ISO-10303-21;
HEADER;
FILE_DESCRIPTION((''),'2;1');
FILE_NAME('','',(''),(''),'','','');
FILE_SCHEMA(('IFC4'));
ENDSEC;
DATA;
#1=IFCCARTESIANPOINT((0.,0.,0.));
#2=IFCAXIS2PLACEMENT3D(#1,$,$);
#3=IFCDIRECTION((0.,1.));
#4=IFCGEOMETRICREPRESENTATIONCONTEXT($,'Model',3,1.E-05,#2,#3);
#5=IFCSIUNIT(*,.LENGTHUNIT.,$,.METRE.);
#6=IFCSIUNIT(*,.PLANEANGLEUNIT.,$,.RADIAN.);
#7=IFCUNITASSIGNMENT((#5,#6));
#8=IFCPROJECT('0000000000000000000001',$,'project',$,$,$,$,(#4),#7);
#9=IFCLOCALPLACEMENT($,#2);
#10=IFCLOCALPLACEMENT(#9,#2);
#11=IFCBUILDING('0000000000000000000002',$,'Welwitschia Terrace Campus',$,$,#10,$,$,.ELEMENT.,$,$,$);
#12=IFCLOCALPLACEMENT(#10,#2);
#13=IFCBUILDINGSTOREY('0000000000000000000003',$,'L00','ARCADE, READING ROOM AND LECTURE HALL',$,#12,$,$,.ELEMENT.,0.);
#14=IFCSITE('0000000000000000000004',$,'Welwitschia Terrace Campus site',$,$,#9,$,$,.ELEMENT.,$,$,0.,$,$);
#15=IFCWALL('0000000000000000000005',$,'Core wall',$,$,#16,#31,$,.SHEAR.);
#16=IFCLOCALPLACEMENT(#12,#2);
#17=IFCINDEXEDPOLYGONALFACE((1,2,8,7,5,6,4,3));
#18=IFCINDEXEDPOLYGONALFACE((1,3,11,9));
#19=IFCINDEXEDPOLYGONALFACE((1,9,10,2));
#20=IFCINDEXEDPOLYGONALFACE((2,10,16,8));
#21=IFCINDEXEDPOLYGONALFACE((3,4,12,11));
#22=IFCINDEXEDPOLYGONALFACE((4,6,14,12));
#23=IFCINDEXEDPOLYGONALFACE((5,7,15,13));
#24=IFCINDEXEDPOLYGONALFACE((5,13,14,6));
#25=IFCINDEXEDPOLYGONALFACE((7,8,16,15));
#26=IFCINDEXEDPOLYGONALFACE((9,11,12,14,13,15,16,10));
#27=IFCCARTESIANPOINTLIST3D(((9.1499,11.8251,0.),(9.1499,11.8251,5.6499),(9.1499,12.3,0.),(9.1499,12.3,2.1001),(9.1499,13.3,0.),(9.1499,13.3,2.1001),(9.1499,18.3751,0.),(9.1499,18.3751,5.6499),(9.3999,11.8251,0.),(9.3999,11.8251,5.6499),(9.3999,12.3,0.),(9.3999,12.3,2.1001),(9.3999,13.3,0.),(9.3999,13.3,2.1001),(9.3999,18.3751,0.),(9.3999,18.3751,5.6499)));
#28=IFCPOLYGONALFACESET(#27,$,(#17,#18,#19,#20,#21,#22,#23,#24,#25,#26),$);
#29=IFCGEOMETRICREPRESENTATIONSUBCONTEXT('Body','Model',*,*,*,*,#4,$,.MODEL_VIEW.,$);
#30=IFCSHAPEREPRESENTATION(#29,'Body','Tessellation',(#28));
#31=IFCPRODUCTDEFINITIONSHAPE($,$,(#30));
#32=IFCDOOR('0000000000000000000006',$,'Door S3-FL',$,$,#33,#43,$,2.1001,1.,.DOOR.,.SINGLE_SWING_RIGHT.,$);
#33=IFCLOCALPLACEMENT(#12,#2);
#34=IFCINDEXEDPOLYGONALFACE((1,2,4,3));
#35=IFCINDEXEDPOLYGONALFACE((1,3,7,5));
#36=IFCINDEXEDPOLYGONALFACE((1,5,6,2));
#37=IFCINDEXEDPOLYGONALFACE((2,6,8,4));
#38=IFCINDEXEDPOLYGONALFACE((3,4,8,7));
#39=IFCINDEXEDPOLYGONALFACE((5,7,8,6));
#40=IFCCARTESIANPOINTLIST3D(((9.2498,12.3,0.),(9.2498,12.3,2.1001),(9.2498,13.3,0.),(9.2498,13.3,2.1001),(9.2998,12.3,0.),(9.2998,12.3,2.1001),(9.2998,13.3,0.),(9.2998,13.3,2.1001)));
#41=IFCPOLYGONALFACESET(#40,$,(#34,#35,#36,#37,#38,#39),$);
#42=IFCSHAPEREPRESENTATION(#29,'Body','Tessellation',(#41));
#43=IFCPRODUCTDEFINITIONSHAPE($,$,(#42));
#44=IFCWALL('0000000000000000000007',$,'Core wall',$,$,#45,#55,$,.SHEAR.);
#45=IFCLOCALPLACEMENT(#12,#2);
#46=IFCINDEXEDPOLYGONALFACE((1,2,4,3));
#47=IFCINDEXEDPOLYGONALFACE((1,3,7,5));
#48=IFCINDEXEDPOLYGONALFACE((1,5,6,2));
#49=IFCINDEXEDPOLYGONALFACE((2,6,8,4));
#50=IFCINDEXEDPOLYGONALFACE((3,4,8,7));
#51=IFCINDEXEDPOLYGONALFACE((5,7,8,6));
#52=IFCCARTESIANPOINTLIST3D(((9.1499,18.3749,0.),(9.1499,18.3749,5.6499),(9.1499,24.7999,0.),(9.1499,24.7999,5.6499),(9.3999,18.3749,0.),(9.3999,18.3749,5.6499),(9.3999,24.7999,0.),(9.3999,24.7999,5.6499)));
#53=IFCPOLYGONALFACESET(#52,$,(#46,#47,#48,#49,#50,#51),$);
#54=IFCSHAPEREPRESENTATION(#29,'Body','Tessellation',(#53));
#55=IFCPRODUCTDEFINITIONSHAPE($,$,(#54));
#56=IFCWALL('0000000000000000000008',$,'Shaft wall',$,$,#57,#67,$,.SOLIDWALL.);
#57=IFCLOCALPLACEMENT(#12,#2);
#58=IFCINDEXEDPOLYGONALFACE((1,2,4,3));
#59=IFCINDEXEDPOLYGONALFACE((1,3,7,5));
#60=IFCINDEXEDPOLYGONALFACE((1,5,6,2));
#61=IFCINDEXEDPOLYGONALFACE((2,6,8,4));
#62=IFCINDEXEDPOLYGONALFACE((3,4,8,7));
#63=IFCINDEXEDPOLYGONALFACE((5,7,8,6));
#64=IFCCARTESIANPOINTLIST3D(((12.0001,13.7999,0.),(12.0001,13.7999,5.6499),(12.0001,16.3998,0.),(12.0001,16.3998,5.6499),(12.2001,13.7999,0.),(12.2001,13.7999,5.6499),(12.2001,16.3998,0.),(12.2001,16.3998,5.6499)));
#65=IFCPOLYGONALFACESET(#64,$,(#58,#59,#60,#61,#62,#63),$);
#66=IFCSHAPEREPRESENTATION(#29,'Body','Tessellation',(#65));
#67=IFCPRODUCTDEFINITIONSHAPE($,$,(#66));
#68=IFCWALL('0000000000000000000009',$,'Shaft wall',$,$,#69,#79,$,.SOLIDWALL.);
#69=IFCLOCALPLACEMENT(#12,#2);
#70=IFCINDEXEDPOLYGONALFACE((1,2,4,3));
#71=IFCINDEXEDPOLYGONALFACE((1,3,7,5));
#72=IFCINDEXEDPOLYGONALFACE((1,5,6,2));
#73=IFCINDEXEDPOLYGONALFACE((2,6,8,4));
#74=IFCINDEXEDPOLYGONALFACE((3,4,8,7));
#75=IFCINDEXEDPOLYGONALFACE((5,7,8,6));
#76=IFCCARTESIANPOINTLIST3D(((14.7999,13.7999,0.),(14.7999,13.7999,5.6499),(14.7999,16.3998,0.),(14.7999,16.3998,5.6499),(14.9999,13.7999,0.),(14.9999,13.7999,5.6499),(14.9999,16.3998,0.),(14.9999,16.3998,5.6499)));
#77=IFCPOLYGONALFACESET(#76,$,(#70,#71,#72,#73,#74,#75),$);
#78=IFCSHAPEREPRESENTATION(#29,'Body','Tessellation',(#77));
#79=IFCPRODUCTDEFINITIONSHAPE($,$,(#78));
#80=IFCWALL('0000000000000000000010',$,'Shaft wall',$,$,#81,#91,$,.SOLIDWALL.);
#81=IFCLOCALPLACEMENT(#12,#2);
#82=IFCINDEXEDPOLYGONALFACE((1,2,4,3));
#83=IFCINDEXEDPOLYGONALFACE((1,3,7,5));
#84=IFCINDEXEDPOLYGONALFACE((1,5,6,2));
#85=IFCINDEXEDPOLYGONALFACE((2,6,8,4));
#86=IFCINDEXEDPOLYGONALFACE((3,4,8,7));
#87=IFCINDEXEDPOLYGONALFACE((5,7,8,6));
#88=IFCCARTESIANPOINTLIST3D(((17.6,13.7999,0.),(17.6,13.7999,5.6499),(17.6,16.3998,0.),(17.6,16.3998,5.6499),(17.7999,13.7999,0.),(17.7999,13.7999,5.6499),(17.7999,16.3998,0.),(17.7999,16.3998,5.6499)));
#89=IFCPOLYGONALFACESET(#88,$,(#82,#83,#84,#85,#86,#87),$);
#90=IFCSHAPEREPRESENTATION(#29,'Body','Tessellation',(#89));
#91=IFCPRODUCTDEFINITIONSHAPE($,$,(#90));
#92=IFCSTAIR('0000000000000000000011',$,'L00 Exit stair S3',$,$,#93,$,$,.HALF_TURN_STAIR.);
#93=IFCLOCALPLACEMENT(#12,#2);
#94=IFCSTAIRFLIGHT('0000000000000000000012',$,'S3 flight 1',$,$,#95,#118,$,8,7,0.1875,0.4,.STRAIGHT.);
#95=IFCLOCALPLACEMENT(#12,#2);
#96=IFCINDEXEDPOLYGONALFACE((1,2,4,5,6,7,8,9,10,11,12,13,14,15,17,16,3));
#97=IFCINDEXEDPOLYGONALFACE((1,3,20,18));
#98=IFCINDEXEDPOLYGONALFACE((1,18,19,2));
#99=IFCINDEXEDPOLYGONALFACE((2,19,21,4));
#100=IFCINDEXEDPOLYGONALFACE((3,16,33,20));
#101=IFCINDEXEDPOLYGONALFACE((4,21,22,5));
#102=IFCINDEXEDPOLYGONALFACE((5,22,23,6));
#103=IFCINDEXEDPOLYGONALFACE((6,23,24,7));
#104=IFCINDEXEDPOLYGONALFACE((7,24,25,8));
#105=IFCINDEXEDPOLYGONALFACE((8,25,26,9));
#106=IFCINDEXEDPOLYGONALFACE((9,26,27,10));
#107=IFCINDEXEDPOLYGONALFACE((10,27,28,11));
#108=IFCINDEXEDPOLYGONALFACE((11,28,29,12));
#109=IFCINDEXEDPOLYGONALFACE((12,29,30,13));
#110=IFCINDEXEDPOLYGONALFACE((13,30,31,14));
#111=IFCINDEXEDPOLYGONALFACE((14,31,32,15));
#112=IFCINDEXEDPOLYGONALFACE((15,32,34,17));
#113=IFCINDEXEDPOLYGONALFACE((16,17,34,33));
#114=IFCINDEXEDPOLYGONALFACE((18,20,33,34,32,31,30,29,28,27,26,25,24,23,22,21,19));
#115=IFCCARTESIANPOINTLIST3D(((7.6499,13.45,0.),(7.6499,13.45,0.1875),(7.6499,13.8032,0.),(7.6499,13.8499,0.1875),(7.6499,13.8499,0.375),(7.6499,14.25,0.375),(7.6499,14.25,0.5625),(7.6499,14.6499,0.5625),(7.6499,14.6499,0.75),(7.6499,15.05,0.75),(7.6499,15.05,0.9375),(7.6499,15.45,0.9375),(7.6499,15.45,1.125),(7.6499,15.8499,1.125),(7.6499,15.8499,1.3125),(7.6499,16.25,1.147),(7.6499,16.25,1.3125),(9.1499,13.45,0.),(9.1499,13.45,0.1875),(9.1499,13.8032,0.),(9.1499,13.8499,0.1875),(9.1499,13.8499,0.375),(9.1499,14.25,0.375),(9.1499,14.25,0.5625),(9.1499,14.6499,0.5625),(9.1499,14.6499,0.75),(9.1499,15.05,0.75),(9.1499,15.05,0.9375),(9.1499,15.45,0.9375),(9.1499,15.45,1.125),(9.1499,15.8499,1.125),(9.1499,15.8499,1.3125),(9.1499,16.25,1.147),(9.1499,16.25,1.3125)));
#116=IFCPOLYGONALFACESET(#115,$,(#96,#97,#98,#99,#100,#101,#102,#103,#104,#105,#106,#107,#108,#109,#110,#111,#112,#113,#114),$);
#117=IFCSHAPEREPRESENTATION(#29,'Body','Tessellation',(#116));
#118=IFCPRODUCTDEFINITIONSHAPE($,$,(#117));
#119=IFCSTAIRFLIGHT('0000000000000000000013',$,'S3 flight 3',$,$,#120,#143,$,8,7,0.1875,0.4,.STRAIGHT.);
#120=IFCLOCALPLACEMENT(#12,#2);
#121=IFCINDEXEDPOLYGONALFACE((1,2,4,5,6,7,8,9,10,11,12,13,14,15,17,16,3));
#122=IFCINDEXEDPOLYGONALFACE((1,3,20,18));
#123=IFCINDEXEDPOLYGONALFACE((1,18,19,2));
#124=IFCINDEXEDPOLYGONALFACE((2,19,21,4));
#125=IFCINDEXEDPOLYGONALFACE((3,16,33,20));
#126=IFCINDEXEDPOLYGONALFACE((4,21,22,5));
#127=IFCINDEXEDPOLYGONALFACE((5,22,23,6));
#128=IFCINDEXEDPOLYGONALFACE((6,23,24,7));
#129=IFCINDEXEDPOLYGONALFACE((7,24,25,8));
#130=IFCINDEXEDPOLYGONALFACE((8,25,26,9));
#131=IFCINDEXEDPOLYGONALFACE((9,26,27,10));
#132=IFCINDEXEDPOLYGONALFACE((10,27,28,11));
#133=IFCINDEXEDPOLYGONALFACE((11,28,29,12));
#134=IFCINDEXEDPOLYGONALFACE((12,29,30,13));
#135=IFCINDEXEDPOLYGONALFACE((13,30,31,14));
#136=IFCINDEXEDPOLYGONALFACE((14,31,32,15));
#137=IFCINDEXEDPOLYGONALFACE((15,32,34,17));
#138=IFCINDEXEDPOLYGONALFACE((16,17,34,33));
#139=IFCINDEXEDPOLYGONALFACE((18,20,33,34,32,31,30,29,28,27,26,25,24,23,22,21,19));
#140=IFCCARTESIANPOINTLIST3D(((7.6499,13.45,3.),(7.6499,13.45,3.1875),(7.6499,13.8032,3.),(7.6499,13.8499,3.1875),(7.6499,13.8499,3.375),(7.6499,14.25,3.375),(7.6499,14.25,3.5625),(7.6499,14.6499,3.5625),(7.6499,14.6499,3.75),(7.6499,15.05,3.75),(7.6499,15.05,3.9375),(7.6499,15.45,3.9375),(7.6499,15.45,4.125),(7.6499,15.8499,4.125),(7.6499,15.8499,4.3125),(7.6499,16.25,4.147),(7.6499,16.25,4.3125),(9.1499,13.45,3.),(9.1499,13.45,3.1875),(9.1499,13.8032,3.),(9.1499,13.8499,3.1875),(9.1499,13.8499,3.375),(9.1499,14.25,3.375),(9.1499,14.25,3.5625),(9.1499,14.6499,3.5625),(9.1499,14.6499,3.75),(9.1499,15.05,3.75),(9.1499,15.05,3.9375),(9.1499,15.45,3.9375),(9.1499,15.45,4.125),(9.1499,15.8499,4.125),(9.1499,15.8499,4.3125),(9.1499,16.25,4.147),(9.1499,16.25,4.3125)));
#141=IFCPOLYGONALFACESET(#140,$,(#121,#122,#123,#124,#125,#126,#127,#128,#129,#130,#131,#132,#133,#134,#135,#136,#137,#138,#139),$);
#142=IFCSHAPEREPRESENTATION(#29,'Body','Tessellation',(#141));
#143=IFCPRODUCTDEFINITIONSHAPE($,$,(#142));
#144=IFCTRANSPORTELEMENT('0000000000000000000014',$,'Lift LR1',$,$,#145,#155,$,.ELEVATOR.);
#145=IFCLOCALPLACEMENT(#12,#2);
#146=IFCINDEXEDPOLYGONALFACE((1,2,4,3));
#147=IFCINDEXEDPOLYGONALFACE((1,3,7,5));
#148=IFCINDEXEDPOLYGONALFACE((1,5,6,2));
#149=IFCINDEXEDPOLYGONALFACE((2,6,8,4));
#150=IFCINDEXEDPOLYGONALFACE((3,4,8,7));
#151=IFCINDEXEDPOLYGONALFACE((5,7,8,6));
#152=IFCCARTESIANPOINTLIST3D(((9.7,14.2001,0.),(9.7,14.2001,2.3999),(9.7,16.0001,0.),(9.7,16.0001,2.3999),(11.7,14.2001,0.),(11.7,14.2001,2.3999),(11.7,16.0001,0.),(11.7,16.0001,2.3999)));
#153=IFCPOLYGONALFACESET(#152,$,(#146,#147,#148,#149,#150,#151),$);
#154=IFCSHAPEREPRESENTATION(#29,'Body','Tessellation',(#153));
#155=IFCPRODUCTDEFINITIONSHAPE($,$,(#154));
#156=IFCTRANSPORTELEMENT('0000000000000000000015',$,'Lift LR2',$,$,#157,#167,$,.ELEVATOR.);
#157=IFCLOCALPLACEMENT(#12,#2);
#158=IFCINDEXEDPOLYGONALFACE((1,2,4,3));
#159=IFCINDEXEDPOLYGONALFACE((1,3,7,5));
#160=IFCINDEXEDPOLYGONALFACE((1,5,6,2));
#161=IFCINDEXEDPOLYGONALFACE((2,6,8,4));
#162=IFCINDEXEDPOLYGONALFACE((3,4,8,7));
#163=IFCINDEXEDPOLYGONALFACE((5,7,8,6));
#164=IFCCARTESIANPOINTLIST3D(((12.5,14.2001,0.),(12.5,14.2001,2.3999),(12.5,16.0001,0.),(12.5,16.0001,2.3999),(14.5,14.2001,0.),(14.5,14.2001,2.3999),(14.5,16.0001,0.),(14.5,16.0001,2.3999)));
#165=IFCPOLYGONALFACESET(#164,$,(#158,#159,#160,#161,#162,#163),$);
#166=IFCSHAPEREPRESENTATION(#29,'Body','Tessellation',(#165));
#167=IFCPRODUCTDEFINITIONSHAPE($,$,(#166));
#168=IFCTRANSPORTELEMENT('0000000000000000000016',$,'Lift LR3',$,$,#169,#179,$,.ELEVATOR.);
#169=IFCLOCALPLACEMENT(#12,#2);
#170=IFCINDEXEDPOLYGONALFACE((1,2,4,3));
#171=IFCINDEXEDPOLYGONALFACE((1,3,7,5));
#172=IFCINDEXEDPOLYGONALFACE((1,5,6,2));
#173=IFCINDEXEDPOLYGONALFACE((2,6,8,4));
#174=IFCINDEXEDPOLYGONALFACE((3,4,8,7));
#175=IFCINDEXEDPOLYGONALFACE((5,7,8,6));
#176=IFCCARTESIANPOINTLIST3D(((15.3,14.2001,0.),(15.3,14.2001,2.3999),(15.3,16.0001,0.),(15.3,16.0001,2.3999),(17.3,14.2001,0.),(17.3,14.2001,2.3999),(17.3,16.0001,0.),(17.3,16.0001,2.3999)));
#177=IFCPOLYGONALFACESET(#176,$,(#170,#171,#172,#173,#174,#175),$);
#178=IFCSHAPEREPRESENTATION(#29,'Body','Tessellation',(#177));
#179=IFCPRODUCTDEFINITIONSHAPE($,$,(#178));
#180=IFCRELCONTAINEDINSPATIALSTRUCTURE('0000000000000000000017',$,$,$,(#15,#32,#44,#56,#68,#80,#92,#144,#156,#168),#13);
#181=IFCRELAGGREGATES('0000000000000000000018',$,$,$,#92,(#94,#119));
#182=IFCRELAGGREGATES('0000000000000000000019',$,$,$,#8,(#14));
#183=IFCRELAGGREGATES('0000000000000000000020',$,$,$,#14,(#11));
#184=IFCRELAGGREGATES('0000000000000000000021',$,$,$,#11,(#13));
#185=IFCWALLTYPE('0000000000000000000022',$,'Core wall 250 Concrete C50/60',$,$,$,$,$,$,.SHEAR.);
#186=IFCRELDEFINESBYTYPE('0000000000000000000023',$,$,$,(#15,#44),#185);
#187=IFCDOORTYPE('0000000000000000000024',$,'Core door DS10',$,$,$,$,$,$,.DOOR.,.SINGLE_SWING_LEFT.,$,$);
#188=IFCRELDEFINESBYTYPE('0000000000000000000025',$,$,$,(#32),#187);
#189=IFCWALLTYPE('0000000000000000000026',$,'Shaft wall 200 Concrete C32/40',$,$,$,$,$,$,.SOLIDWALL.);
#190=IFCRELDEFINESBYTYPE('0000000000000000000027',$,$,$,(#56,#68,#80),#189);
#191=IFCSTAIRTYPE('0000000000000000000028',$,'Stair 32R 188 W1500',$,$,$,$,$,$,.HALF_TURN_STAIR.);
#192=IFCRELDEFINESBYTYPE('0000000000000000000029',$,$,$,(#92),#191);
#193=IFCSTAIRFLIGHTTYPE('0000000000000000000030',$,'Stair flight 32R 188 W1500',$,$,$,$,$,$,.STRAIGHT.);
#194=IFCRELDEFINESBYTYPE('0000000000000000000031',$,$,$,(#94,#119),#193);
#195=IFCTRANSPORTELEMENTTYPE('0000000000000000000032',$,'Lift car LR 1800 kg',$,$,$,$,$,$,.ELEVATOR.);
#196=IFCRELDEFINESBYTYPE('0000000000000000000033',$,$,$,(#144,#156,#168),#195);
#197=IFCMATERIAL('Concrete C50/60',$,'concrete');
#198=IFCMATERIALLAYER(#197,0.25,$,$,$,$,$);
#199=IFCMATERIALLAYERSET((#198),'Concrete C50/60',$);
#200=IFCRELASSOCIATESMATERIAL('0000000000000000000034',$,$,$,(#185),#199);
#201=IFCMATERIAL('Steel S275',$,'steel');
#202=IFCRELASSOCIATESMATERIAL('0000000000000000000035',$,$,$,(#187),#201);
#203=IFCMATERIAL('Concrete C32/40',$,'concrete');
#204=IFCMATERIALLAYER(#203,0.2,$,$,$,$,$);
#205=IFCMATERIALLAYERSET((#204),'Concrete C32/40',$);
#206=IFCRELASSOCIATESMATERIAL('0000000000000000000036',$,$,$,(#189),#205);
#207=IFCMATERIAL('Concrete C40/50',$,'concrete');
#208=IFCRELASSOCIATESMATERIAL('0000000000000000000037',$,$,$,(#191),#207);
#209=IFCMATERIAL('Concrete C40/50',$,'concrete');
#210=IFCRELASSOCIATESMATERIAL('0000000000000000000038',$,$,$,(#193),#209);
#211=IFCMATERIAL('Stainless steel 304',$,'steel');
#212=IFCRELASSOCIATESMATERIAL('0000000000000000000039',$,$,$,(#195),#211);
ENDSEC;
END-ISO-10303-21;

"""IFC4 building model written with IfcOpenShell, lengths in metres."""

from ifc_helpers import new_model, si_unit, direction, frame, frame_2d, origin, origin_2d, place, context, subcontext, project, spatial, polyline, rectangle, outline, extrude, material, layer, layer_set, type_object, element, fill, aggregate, save


model = new_model("IFC4")

# Units and contexts
model_context = context("Model", 3, precision=1e-05, world=origin(), true_north=direction((0.0, 1.0)))
body_context = subcontext(model_context, "Body", "Model", "MODEL_VIEW")
ifc_project = project(units=[si_unit("LENGTHUNIT", "METRE"), si_unit("PLANEANGLEUNIT", "RADIAN")], contexts=[model_context])

# Site, building, storey
site_placement = place(None, origin())
site = spatial("IfcSite", under=ifc_project, at=site_placement, Name="Welwitschia Terrace Campus site", CompositionType="ELEMENT", RefElevation=0.0)
building_placement = place(site_placement, origin())
building = spatial("IfcBuilding", under=site, at=building_placement, Name="Welwitschia Terrace Campus", CompositionType="ELEMENT")
storey_placement = place(building_placement, origin())
storey = spatial("IfcBuildingStorey", under=building, at=storey_placement, Name="L00", Description="ARCADE, READING ROOM AND LECTURE HALL", CompositionType="ELEMENT", Elevation=0.0)

# Wall, opening, door
ifc_material_1 = material(Name="Concrete C50/60", Category="concrete")
ifc_layer_1 = layer(ifc_material_1, 0.25)
ifc_layer_set_1 = layer_set([ifc_layer_1], Name="Concrete C50/60")
wall_type_1 = type_object("IfcWallType", Name="Core wall 250 Concrete C50/60", PredefinedType="SHEAR", material=ifc_layer_set_1)
wall_1_placement = place(storey_placement, frame((9.2749, 18.375, 0.0), z_axis=(0.0, 0.0, 1.0), x_axis=(0.0, -1.0, 0.0)))
wall_1 = element("IfcWall", 1, at=wall_1_placement, inside=storey, type_object=wall_type_1, Name="Core wall", PredefinedType="SHEAR", context=body_context, shape_type="SweptSolid", body=[
    extrude(rectangle(XDim=6.55, YDim=0.25, at=frame_2d((3.2749, 0.0))), origin(), (0.0, 0.0, 1.0), 5.6499),
])
opening_1_placement = place(wall_1_placement, frame((5.075, 0.0, 0.0)))
opening_1 = element("IfcOpeningElement", 2, at=opening_1_placement, cuts=wall_1, PredefinedType="OPENING", context=body_context, shape_type="SweptSolid", body=[
    extrude(rectangle(XDim=1.0, YDim=2.1001, at=frame_2d((0.5, 1.05))), frame((0.0, 0.135, 0.0), z_axis=(0.0, -1.0, 0.0), x_axis=(1.0, 0.0, 0.0)), (0.0, 0.0, 1.0), 0.27),
])
ifc_material_2 = material(Name="Steel S275", Category="steel")
door_type_1 = type_object("IfcDoorType", Name="Core door DS10", OperationType="SINGLE_SWING_LEFT", PredefinedType="DOOR", material=ifc_material_2)
door_1_placement = place(opening_1_placement, origin())
door_1 = element("IfcDoor", 3, at=door_1_placement, inside=storey, type_object=door_type_1, Name="Door S3-FL", OperationType="SINGLE_SWING_RIGHT", OverallHeight=2.1001, OverallWidth=1.0, PredefinedType="DOOR", context=body_context, shape_type="SweptSolid", body=[
    extrude(rectangle(XDim=1.0, YDim=2.1001, at=frame_2d((0.5, 1.05))), frame((0.0, 0.0249, 0.0), z_axis=(0.0, -1.0, 0.0), x_axis=(1.0, 0.0, 0.0)), (0.0, 0.0, 1.0), 0.05),
])
fill(opening_1, door_1)

# Walls
wall_2_placement = place(storey_placement, frame((9.2749, 18.375, 0.0), z_axis=(0.0, 0.0, 1.0), x_axis=(0.0, 1.0, 0.0)))
element("IfcWall", 4, at=wall_2_placement, inside=storey, type_object=wall_type_1, Name="Core wall", PredefinedType="SHEAR", context=body_context, shape_type="SweptSolid", body=[
    extrude(rectangle(XDim=6.425, YDim=0.25, at=frame_2d((3.2124, 0.0))), origin(), (0.0, 0.0, 1.0), 5.6499),
])
ifc_material_3 = material(Name="Concrete C32/40", Category="concrete")
ifc_layer_2 = layer(ifc_material_3, 0.2)
ifc_layer_set_2 = layer_set([ifc_layer_2], Name="Concrete C32/40")
wall_type_2 = type_object("IfcWallType", Name="Shaft wall 200 Concrete C32/40", PredefinedType="SOLIDWALL", material=ifc_layer_set_2)
for number, where, z_axis, x_axis, name in (
    (5, (12.1001, 13.8, 0.0), (0.0, 0.0, 1.0), (0.0, 1.0, 0.0), "Shaft wall"),
    (6, (14.8999, 13.8, 0.0), (0.0, 0.0, 1.0), (0.0, 1.0, 0.0), "Shaft wall"),
    (7, (17.7, 13.8, 0.0), (0.0, 0.0, 1.0), (0.0, 1.0, 0.0), "Shaft wall"),
):
    element("IfcWall", number, at=place(storey_placement, frame(where, z_axis=z_axis, x_axis=x_axis)), inside=storey, type_object=wall_type_2, Name=name, PredefinedType="SOLIDWALL", context=body_context, shape_type="SweptSolid", body=[
        extrude(rectangle(XDim=2.5999, YDim=0.2, at=frame_2d((1.2998, 0.0))), origin(), (0.0, 0.0, 1.0), 5.6499),
    ])

# Stair, stair flights
ifc_material_4 = material(Name="Concrete C40/50", Category="concrete")
stair_type = type_object("IfcStairType", Name="Stair 32R 188 W1500", PredefinedType="HALF_TURN_STAIR", material=ifc_material_4)
stair_placement = place(storey_placement, origin())
stair = element("IfcStair", 8, at=stair_placement, inside=storey, type_object=stair_type, Name="L00 Exit stair S3", PredefinedType="HALF_TURN_STAIR")
ifc_material_5 = material(Name="Concrete C40/50", Category="concrete")
stair_flight_type = type_object("IfcStairFlightType", Name="Stair flight 32R 188 W1500", PredefinedType="STRAIGHT", material=ifc_material_5)
stair_flight_1_placement = place(storey_placement, frame((8.3999, 13.45, 0.0), z_axis=(0.0, 0.0, 1.0), x_axis=(0.0, 1.0, 0.0)))
stair_flight_1 = element("IfcStairFlight", 9, at=stair_flight_1_placement, type_object=stair_flight_type, Name="S3 flight 1", NumberOfRisers=8, NumberOfTreads=7, PredefinedType="STRAIGHT", RiserHeight=0.1875, TreadLength=0.4, context=body_context, shape_type="SweptSolid", body=[
    extrude(outline(polyline([(0.0, 0.0), (0.0, 0.1875), (0.3999, 0.1875), (0.3999, 0.375), (0.8, 0.375), (0.8, 0.5625), (1.2, 0.5625), (1.2, 0.75), (1.6001, 0.75), (1.6001, 0.9375), (2.0, 0.9375), (2.0, 1.125), (2.3999, 1.125), (2.3999, 1.3125), (2.8, 1.3125), (2.8, 1.5), (2.8, 1.147), (0.3533, 0.0), (0.0, 0.0)])), frame((0.0, 0.75, 0.0), z_axis=(0.0, -1.0, 0.0), x_axis=(1.0, 0.0, 0.0)), (0.0, 0.0, 1.0), 1.5),
])
stair_flight_2_placement = place(storey_placement, frame((8.3999, 13.45, 3.0), z_axis=(0.0, 0.0, 1.0), x_axis=(0.0, 1.0, 0.0)))
stair_flight_2 = element("IfcStairFlight", 10, at=stair_flight_2_placement, type_object=stair_flight_type, Name="S3 flight 3", NumberOfRisers=8, NumberOfTreads=7, PredefinedType="STRAIGHT", RiserHeight=0.1875, TreadLength=0.4, context=body_context, shape_type="SweptSolid", body=[
    extrude(outline(polyline([(0.0, 0.0), (0.0, 0.1875), (0.3999, 0.1875), (0.3999, 0.375), (0.8, 0.375), (0.8, 0.5625), (1.2, 0.5625), (1.2, 0.75), (1.6001, 0.75), (1.6001, 0.9375), (2.0, 0.9375), (2.0, 1.125), (2.3999, 1.125), (2.3999, 1.3125), (2.8, 1.3125), (2.8, 1.5), (2.8, 1.147), (0.3533, 0.0), (0.0, 0.0)])), frame((0.0, 0.75, 0.0), z_axis=(0.0, -1.0, 0.0), x_axis=(1.0, 0.0, 0.0)), (0.0, 0.0, 1.0), 1.5),
])
aggregate(stair, [stair_flight_1, stair_flight_2])

# Transport elements
ifc_material_6 = material(Name="Stainless steel 304", Category="steel")
transport_element_type = type_object("IfcTransportElementType", Name="Lift car LR 1800 kg", PredefinedType="ELEVATOR", material=ifc_material_6)
for number, where, z_axis, x_axis, name in (
    (11, (10.7, 15.1001, 0.0), (0.0, 0.0, 1.0), (1.0, 0.0, 0.0), "Lift LR1"),
    (12, (13.5, 15.1001, 0.0), (0.0, 0.0, 1.0), (1.0, 0.0, 0.0), "Lift LR2"),
    (13, (16.3, 15.1001, 0.0), (0.0, 0.0, 1.0), (1.0, 0.0, 0.0), "Lift LR3"),
):
    element("IfcTransportElement", number, at=place(storey_placement, frame(where, z_axis=z_axis, x_axis=x_axis)), inside=storey, type_object=transport_element_type, Name=name, PredefinedType="ELEVATOR", context=body_context, shape_type="SweptSolid", body=[
        extrude(rectangle(XDim=2.0, YDim=1.8, at=origin_2d()), origin(), (0.0, 0.0, 1.0), 2.3999),
    ])

save(model, "model.ifc")
